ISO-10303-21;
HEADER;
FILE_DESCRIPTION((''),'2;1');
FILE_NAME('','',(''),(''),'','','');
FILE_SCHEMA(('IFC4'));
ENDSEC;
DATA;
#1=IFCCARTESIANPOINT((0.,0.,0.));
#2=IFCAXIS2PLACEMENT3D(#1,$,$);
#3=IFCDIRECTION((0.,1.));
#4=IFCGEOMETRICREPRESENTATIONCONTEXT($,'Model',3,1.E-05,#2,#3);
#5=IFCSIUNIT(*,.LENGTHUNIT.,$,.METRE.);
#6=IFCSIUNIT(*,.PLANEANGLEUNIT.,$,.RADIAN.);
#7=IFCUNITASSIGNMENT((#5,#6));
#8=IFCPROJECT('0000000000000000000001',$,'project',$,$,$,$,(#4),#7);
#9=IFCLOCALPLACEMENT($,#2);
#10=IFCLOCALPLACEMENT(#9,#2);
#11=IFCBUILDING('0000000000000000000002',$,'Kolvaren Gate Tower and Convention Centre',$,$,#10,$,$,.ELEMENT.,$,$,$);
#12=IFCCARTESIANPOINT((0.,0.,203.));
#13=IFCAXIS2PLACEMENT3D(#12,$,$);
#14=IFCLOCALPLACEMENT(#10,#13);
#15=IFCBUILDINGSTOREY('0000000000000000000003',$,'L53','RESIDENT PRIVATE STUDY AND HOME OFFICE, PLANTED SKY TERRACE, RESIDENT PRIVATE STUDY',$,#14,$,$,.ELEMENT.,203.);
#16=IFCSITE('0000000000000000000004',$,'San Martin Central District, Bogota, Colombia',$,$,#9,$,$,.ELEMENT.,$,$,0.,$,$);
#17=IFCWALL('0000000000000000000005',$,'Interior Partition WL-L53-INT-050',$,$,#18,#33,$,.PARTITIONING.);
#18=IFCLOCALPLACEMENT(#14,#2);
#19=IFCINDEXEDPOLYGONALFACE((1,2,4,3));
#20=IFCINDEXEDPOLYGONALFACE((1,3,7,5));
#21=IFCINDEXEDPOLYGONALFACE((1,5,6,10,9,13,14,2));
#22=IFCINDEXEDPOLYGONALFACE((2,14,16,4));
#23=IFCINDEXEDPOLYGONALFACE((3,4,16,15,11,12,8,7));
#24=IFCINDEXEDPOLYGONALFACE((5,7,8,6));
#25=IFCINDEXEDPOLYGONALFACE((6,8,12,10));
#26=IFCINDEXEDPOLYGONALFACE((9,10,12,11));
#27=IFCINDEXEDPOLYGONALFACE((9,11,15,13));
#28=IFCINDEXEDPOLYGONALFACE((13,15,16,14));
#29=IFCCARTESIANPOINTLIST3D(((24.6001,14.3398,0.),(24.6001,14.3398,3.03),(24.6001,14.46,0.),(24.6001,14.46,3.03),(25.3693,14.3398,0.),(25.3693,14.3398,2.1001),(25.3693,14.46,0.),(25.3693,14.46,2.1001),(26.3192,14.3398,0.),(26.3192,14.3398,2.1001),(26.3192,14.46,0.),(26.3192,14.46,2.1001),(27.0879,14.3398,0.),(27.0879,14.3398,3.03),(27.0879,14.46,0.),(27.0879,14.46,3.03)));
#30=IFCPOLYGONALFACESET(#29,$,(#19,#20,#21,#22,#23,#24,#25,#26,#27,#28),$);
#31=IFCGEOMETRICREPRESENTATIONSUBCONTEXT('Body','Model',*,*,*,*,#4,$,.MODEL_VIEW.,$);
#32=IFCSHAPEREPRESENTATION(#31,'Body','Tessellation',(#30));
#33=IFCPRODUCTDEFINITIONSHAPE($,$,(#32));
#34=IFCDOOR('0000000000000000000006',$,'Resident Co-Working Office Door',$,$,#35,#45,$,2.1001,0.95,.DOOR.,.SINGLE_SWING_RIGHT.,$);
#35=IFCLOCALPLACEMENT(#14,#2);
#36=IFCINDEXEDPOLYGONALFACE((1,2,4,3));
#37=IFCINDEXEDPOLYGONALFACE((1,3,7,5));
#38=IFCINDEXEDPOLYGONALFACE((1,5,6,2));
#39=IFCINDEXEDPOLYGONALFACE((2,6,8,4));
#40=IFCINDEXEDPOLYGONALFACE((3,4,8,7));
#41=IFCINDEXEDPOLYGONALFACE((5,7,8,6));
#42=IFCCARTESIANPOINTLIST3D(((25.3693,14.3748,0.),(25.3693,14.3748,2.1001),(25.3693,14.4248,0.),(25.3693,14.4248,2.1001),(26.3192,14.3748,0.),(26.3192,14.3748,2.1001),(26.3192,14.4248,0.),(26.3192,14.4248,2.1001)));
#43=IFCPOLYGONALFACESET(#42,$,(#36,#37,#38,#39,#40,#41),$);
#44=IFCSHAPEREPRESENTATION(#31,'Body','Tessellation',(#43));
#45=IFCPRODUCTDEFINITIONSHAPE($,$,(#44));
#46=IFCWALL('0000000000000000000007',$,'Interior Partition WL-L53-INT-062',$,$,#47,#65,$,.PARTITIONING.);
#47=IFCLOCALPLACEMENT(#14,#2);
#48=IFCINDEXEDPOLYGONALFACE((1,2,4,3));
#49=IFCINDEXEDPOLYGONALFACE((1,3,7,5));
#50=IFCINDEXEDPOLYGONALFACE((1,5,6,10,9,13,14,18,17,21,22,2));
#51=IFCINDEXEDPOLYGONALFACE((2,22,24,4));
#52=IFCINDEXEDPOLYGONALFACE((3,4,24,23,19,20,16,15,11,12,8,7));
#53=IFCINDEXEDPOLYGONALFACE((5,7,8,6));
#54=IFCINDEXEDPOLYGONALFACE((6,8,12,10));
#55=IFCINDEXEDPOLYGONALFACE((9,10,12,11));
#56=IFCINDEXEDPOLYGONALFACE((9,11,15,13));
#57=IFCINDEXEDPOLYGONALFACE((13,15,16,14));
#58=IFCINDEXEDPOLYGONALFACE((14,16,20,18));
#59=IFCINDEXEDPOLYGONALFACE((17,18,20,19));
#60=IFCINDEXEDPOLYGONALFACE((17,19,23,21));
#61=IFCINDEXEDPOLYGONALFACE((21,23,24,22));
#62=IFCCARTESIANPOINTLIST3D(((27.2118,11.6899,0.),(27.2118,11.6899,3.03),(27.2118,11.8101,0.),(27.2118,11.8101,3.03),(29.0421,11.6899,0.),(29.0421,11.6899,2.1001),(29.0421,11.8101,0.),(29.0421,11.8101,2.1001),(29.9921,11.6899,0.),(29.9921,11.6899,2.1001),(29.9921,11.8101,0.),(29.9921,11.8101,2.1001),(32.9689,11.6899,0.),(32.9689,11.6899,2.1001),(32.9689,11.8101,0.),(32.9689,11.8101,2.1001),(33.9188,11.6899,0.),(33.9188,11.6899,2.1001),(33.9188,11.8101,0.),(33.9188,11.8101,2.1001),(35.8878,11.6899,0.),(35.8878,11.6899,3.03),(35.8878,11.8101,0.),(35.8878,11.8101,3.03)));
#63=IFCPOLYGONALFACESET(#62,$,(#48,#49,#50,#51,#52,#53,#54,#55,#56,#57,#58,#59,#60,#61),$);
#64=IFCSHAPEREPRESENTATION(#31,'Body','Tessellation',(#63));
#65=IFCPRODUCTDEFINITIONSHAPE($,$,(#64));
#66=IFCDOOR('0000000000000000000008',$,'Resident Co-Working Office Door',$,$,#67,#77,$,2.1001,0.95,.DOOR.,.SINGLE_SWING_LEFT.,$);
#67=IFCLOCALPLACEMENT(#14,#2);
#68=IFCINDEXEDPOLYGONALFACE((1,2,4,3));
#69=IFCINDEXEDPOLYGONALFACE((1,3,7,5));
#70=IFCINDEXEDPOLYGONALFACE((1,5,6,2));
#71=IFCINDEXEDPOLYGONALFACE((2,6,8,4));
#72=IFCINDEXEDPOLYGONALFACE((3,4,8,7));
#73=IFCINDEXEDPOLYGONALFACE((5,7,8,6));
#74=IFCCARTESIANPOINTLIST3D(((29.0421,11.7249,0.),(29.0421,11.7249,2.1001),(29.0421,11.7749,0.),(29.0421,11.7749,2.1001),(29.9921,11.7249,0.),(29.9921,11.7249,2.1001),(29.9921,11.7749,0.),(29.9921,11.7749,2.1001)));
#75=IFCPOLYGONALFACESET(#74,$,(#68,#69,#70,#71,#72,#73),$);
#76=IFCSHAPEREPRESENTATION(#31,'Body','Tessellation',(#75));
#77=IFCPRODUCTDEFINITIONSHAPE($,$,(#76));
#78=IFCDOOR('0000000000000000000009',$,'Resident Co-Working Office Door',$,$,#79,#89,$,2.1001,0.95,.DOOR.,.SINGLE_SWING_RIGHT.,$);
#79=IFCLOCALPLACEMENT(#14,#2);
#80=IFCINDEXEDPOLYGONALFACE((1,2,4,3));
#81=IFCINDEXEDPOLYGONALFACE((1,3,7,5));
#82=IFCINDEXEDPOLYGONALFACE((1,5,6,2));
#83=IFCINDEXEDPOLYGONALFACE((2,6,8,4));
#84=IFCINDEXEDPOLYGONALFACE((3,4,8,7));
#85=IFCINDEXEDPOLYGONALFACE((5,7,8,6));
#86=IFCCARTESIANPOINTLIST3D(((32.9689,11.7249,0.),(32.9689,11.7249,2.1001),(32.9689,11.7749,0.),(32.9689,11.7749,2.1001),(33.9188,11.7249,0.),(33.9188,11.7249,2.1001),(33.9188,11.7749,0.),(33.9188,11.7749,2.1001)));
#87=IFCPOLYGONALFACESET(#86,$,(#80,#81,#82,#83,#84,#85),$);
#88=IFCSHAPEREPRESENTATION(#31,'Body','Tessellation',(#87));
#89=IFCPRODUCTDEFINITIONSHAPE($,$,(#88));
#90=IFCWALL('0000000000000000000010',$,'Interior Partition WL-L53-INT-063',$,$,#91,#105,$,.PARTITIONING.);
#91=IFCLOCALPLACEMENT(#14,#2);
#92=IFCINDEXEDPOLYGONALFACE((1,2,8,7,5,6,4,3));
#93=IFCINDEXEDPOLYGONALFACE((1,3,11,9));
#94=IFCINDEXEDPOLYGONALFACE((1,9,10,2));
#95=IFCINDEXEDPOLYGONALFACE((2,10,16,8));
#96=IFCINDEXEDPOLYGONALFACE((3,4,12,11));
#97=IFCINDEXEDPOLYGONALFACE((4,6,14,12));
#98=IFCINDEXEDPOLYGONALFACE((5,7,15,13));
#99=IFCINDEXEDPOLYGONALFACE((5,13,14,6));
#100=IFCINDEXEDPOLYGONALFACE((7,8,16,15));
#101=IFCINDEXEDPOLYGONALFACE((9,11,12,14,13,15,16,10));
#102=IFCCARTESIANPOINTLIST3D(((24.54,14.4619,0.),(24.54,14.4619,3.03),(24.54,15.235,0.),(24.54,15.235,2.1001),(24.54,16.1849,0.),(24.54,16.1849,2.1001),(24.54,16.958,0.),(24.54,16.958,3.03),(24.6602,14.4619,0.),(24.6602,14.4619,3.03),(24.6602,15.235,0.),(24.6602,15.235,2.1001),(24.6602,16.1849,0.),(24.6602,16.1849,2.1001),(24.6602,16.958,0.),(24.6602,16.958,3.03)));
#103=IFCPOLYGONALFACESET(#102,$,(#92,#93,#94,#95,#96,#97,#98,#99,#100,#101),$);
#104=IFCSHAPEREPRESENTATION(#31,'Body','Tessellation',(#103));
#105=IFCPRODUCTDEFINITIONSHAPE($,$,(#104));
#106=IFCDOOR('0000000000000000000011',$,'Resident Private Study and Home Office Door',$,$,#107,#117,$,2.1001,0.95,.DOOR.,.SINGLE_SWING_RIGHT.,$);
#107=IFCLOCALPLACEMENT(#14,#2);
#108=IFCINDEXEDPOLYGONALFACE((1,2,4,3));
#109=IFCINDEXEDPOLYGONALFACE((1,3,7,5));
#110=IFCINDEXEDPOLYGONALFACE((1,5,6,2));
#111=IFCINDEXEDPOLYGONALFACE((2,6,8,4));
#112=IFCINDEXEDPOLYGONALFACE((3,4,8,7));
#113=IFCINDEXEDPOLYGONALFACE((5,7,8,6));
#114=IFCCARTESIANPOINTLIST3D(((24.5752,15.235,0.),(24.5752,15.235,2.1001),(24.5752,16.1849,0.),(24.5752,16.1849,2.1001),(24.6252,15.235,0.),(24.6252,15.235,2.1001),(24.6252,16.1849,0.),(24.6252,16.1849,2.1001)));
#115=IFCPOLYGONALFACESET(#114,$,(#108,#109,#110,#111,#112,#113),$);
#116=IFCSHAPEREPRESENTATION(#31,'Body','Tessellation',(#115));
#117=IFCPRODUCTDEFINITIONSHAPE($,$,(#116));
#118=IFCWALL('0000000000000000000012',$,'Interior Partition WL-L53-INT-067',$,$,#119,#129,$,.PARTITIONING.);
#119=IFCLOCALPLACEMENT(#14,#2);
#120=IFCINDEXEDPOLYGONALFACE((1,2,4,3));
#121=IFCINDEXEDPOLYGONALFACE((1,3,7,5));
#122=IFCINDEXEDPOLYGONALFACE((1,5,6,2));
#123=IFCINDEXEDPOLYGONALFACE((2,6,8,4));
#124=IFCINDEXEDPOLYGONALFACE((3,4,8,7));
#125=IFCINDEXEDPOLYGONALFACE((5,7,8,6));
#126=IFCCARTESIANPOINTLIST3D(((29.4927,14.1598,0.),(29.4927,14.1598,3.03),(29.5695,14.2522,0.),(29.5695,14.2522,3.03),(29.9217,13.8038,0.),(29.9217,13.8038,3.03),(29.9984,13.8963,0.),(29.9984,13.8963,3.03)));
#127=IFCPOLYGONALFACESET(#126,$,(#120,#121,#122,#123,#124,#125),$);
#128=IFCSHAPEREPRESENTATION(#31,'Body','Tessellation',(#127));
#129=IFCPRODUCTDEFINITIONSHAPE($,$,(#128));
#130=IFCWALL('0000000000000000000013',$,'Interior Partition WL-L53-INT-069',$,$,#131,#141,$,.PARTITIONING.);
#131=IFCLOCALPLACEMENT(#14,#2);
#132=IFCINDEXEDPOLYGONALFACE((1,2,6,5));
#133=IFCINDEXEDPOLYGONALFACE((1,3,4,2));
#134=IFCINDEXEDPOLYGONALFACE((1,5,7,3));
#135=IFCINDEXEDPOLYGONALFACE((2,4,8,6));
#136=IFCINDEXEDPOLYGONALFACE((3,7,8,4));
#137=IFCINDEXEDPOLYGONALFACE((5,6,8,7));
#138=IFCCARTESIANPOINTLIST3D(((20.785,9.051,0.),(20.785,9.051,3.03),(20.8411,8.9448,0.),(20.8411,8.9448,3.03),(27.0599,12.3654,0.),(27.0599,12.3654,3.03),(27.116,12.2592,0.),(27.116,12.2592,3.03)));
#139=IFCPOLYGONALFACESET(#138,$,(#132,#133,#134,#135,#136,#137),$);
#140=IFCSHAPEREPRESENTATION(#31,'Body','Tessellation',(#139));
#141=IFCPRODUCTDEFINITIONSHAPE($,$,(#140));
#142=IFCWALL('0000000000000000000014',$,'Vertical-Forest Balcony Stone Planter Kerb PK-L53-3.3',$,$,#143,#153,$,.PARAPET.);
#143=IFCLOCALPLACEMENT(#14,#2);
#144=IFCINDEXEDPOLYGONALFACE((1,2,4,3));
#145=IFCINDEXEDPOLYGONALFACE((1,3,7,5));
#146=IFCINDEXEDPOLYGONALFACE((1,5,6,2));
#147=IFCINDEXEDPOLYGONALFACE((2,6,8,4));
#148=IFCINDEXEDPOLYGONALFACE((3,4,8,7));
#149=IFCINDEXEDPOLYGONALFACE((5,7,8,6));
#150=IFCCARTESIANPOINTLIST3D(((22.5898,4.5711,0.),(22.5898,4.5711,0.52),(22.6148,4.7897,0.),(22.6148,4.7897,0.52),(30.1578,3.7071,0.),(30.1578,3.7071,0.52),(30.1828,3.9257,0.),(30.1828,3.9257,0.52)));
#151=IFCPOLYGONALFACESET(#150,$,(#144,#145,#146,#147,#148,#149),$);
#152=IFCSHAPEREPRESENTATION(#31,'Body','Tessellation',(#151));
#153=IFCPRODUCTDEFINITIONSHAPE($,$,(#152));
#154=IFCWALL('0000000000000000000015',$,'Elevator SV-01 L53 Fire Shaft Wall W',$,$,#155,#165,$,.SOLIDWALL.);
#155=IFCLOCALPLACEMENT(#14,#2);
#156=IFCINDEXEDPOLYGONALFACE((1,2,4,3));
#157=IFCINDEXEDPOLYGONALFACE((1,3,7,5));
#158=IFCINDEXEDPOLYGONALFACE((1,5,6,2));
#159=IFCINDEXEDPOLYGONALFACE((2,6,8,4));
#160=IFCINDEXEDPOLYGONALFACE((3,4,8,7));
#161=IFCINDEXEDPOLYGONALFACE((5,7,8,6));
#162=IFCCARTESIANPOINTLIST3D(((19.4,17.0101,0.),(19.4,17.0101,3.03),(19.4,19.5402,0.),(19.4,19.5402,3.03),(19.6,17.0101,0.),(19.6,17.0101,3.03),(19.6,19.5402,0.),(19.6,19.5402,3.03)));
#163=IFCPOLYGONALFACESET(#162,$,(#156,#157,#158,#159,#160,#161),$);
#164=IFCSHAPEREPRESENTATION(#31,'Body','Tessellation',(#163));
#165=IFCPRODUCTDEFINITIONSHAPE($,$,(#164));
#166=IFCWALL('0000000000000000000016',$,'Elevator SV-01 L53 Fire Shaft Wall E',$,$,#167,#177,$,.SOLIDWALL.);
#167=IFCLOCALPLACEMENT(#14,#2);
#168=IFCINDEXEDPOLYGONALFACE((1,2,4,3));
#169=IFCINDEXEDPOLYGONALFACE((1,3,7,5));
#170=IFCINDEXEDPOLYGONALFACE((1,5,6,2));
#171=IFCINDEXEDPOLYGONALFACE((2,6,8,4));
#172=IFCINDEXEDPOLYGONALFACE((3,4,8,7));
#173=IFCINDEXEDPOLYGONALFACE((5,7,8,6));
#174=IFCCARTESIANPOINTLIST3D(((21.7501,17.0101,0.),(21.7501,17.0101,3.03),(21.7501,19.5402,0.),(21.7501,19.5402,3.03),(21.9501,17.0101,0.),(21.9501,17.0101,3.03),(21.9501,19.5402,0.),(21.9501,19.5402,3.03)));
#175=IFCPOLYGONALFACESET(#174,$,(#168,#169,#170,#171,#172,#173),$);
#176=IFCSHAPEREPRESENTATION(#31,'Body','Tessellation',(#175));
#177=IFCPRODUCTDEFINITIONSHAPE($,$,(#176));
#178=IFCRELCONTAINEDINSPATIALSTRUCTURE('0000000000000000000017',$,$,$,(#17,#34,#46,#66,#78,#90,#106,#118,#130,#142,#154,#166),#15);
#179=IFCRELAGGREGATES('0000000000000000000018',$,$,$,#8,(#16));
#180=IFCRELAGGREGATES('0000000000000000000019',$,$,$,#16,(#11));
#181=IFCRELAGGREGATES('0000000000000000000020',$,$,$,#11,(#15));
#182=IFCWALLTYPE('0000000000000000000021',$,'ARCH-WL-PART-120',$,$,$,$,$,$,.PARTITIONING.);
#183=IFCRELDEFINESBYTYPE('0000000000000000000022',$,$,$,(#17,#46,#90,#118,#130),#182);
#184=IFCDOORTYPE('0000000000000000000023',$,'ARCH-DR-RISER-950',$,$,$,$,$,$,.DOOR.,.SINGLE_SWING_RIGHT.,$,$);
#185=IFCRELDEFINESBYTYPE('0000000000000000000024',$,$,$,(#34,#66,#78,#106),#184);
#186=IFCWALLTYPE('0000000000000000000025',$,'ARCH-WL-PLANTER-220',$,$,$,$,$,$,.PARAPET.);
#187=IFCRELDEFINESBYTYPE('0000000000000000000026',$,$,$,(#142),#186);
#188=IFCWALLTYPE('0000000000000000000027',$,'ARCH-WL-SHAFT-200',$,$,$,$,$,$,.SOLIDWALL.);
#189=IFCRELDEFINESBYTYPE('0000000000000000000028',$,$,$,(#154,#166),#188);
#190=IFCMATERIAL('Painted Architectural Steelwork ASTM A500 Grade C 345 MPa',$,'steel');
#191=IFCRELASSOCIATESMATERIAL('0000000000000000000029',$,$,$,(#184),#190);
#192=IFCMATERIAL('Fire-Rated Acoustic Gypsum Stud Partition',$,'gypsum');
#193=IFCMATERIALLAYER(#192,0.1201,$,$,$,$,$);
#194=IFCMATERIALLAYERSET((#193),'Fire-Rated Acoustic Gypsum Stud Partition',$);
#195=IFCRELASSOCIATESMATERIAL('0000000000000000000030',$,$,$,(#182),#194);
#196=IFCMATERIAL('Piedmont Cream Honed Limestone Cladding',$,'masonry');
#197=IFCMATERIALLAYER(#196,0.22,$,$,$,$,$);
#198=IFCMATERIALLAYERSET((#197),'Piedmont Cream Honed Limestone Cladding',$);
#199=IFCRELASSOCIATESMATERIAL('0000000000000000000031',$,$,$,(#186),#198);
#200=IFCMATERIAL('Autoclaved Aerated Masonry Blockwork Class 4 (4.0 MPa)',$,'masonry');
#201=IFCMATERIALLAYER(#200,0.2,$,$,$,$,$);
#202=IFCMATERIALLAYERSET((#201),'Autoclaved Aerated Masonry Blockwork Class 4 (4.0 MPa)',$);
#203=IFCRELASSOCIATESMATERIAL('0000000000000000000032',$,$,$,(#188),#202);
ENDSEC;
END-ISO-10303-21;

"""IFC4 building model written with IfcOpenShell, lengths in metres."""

from ifc_helpers import new_model, si_unit, direction, frame, frame_2d, origin, place, context, subcontext, project, spatial, rectangle, extrude, material, layer, layer_set, type_object, element, fill, save


model = new_model("IFC4")

# Units and contexts
model_context = context("Model", 3, precision=1e-05, world=origin(), true_north=direction((0.0, 1.0)))
body_context = subcontext(model_context, "Body", "Model", "MODEL_VIEW")
ifc_project = project(units=[si_unit("LENGTHUNIT", "METRE"), si_unit("PLANEANGLEUNIT", "RADIAN")], contexts=[model_context])

# Site, building, storey
site_placement = place(None, origin())
site = spatial("IfcSite", under=ifc_project, at=site_placement, Name="San Martin Central District, Bogota, Colombia", CompositionType="ELEMENT", RefElevation=0.0)
building_placement = place(site_placement, origin())
building = spatial("IfcBuilding", under=site, at=building_placement, Name="Kolvaren Gate Tower and Convention Centre", CompositionType="ELEMENT")
storey_placement = place(building_placement, frame((0.0, 0.0, 203.0)))
storey = spatial("IfcBuildingStorey", under=building, at=storey_placement, Name="L53", Description="RESIDENT PRIVATE STUDY AND HOME OFFICE, PLANTED SKY TERRACE, RESIDENT PRIVATE STUDY", CompositionType="ELEMENT", Elevation=203.0)

# Shared definitions
ifc_material_1 = material(Name="Autoclaved Aerated Masonry Blockwork Class 4 (4.0 MPa)", Category="masonry")

# Shared definitions
ifc_material_2 = material(Name="Painted Architectural Steelwork ASTM A500 Grade C 345 MPa", Category="steel")
door_type = type_object("IfcDoorType", Name="ARCH-DR-RISER-950", OperationType="SINGLE_SWING_RIGHT", PredefinedType="DOOR", material=ifc_material_2)

# Shared definitions
ifc_material_3 = material(Name="Fire-Rated Acoustic Gypsum Stud Partition", Category="gypsum")
ifc_layer_1 = layer(ifc_material_3, 0.1201)
ifc_layer_set_1 = layer_set([ifc_layer_1], Name="Fire-Rated Acoustic Gypsum Stud Partition")
wall_type_1 = type_object("IfcWallType", Name="ARCH-WL-PART-120", PredefinedType="PARTITIONING", material=ifc_layer_set_1)

# Wall, opening, door
wall_1_placement = place(storey_placement, frame((24.6001, 14.3999, 0.0), z_axis=(0.0, 0.0, 1.0), x_axis=(1.0, 0.0, 0.0)))
wall_1 = element("IfcWall", 1, at=wall_1_placement, inside=storey, type_object=wall_type_1, Name="Interior Partition WL-L53-INT-050", PredefinedType="PARTITIONING", context=body_context, shape_type="SweptSolid", body=[
    extrude(rectangle(XDim=2.4878, YDim=0.1201, at=frame_2d((1.2439, 0.0))), origin(), (0.0, 0.0, 1.0), 3.03),
])
opening_1_placement = place(wall_1_placement, frame((0.769, 0.0, 0.0)))
opening_1 = element("IfcOpeningElement", 2, at=opening_1_placement, cuts=wall_1, PredefinedType="OPENING", context=body_context, shape_type="SweptSolid", body=[
    extrude(rectangle(XDim=0.95, YDim=2.1001, at=frame_2d((0.4751, 1.05))), frame((0.0, 0.0701, 0.0), z_axis=(0.0, -1.0, 0.0), x_axis=(1.0, 0.0, 0.0)), (0.0, 0.0, 1.0), 0.1401),
])
door_1_placement = place(opening_1_placement, origin())
door_1 = element("IfcDoor", 3, at=door_1_placement, inside=storey, type_object=door_type, Name="Resident Co-Working Office Door", OperationType="SINGLE_SWING_RIGHT", OverallHeight=2.1001, OverallWidth=0.95, PredefinedType="DOOR", context=body_context, shape_type="SweptSolid", body=[
    extrude(rectangle(XDim=0.95, YDim=2.1001, at=frame_2d((0.4751, 1.05))), frame((0.0, 0.0249, 0.0), z_axis=(0.0, -1.0, 0.0), x_axis=(1.0, 0.0, 0.0)), (0.0, 0.0, 1.0), 0.05),
])
fill(opening_1, door_1)

# Wall, openings, doors
wall_2_placement = place(storey_placement, frame((27.2119, 11.75, 0.0), z_axis=(0.0, 0.0, 1.0), x_axis=(1.0, 0.0, 0.0)))
wall_2 = element("IfcWall", 4, at=wall_2_placement, inside=storey, type_object=wall_type_1, Name="Interior Partition WL-L53-INT-062", PredefinedType="PARTITIONING", context=body_context, shape_type="SweptSolid", body=[
    extrude(rectangle(XDim=8.676, YDim=0.1201, at=frame_2d((4.3379, 0.0))), origin(), (0.0, 0.0, 1.0), 3.03),
])
opening_2_placement = place(wall_2_placement, frame((1.8301, 0.0, 0.0)))
opening_2 = element("IfcOpeningElement", 5, at=opening_2_placement, cuts=wall_2, PredefinedType="OPENING", context=body_context, shape_type="SweptSolid", body=[
    extrude(rectangle(XDim=0.95, YDim=2.1001, at=frame_2d((0.4751, 1.05))), frame((0.0, 0.0701, 0.0), z_axis=(0.0, -1.0, 0.0), x_axis=(1.0, 0.0, 0.0)), (0.0, 0.0, 1.0), 0.1401),
])
opening_3_placement = place(wall_2_placement, frame((5.7568, 0.0, 0.0)))
opening_3 = element("IfcOpeningElement", 6, at=opening_3_placement, cuts=wall_2, PredefinedType="OPENING", context=body_context, shape_type="SweptSolid", body=[
    extrude(rectangle(XDim=0.95, YDim=2.1001, at=frame_2d((0.4751, 1.05))), frame((0.0, 0.0701, 0.0), z_axis=(0.0, -1.0, 0.0), x_axis=(1.0, 0.0, 0.0)), (0.0, 0.0, 1.0), 0.1401),
])
door_2_placement = place(opening_2_placement, origin())
door_2 = element("IfcDoor", 7, at=door_2_placement, inside=storey, type_object=door_type, Name="Resident Co-Working Office Door", OperationType="SINGLE_SWING_LEFT", OverallHeight=2.1001, OverallWidth=0.95, PredefinedType="DOOR", context=body_context, shape_type="SweptSolid", body=[
    extrude(rectangle(XDim=0.95, YDim=2.1001, at=frame_2d((0.4751, 1.05))), frame((0.0, 0.0249, 0.0), z_axis=(0.0, -1.0, 0.0), x_axis=(1.0, 0.0, 0.0)), (0.0, 0.0, 1.0), 0.05),
])
fill(opening_2, door_2)
door_3_placement = place(opening_3_placement, origin())
door_3 = element("IfcDoor", 8, at=door_3_placement, inside=storey, type_object=door_type, Name="Resident Co-Working Office Door", OperationType="SINGLE_SWING_RIGHT", OverallHeight=2.1001, OverallWidth=0.95, PredefinedType="DOOR", context=body_context, shape_type="SweptSolid", body=[
    extrude(rectangle(XDim=0.95, YDim=2.1001, at=frame_2d((0.4751, 1.05))), frame((0.0, 0.0249, 0.0), z_axis=(0.0, -1.0, 0.0), x_axis=(1.0, 0.0, 0.0)), (0.0, 0.0, 1.0), 0.05),
])
fill(opening_3, door_3)

# Wall, opening, door
wall_3_placement = place(storey_placement, frame((24.6001, 14.4619, 0.0), z_axis=(0.0, 0.0, 1.0), x_axis=(0.0, 1.0, 0.0)))
wall_3 = element("IfcWall", 9, at=wall_3_placement, inside=storey, type_object=wall_type_1, Name="Interior Partition WL-L53-INT-063", PredefinedType="PARTITIONING", context=body_context, shape_type="SweptSolid", body=[
    extrude(rectangle(XDim=2.4961, YDim=0.1201, at=frame_2d((1.248, 0.0))), origin(), (0.0, 0.0, 1.0), 3.03),
])
opening_4_placement = place(wall_3_placement, frame((0.7729, 0.0, 0.0)))
opening_4 = element("IfcOpeningElement", 10, at=opening_4_placement, cuts=wall_3, PredefinedType="OPENING", context=body_context, shape_type="SweptSolid", body=[
    extrude(rectangle(XDim=0.95, YDim=2.1001, at=frame_2d((0.4751, 1.05))), frame((0.0, 0.0701, 0.0), z_axis=(0.0, -1.0, 0.0), x_axis=(1.0, 0.0, 0.0)), (0.0, 0.0, 1.0), 0.1401),
])
door_4_placement = place(opening_4_placement, origin())
door_4 = element("IfcDoor", 11, at=door_4_placement, inside=storey, type_object=door_type, Name="Resident Private Study and Home Office Door", OperationType="SINGLE_SWING_RIGHT", OverallHeight=2.1001, OverallWidth=0.95, PredefinedType="DOOR", context=body_context, shape_type="SweptSolid", body=[
    extrude(rectangle(XDim=0.95, YDim=2.1001, at=frame_2d((0.4751, 1.05))), frame((0.0, 0.0249, 0.0), z_axis=(0.0, -1.0, 0.0), x_axis=(1.0, 0.0, 0.0)), (0.0, 0.0, 1.0), 0.05),
])
fill(opening_4, door_4)

# Walls
wall_4_placement = place(storey_placement, frame((29.531, 14.2061, 0.0), z_axis=(0.0, 0.0, 1.0), x_axis=(0.769548, -0.638589, 0.0)))
element("IfcWall", 12, at=wall_4_placement, inside=storey, type_object=wall_type_1, Name="Interior Partition WL-L53-INT-067", PredefinedType="PARTITIONING", context=body_context, shape_type="SweptSolid", body=[
    extrude(rectangle(XDim=0.5574, YDim=0.1201, at=frame_2d((0.2788, 0.0))), origin(), (0.0, 0.0, 1.0), 3.03),
])
wall_5_placement = place(storey_placement, frame((20.813, 8.9978, 0.0), z_axis=(0.0, 0.0, 1.0), x_axis=(0.884228, 0.467056, 0.0)))
element("IfcWall", 13, at=wall_5_placement, inside=storey, type_object=wall_type_1, Name="Interior Partition WL-L53-INT-069", PredefinedType="PARTITIONING", context=body_context, shape_type="SweptSolid", body=[
    extrude(rectangle(XDim=7.0964, YDim=0.1201, at=frame_2d((3.5483, 0.0))), origin(), (0.0, 0.0, 1.0), 3.03),
])
ifc_material_4 = material(Name="Piedmont Cream Honed Limestone Cladding", Category="masonry")
ifc_layer_2 = layer(ifc_material_4, 0.22)
ifc_layer_set_2 = layer_set([ifc_layer_2], Name="Piedmont Cream Honed Limestone Cladding")
wall_type_2 = type_object("IfcWallType", Name="ARCH-WL-PLANTER-220", PredefinedType="PARAPET", material=ifc_layer_set_2)
wall_6_placement = place(storey_placement, frame((22.6023, 4.6804, 0.0), z_axis=(0.0, 0.0, 1.0), x_axis=(0.993546, -0.113428, 0.0)))
element("IfcWall", 14, at=wall_6_placement, inside=storey, type_object=wall_type_2, Name="Vertical-Forest Balcony Stone Planter Kerb PK-L53-3.3", PredefinedType="PARAPET", context=body_context, shape_type="SweptSolid", body=[
    extrude(rectangle(XDim=7.6172, YDim=0.22, at=frame_2d((3.8086, 0.0))), origin(), (0.0, 0.0, 1.0), 0.52),
])
ifc_layer_3 = layer(ifc_material_1, 0.2)
ifc_layer_set_3 = layer_set([ifc_layer_3], Name="Autoclaved Aerated Masonry Blockwork Class 4 (4.0 MPa)")
wall_type_3 = type_object("IfcWallType", Name="ARCH-WL-SHAFT-200", PredefinedType="SOLIDWALL", material=ifc_layer_set_3)
for number, where, z_axis, x_axis, name in (
    (15, (19.5, 17.01, 0.0), (0.0, 0.0, 1.0), (0.0, 1.0, 0.0), "Elevator SV-01 L53 Fire Shaft Wall W"),
    (16, (21.8501, 17.01, 0.0), (0.0, 0.0, 1.0), (0.0, 1.0, 0.0), "Elevator SV-01 L53 Fire Shaft Wall E"),
):
    element("IfcWall", number, at=place(storey_placement, frame(where, z_axis=z_axis, x_axis=x_axis)), inside=storey, type_object=wall_type_3, Name=name, PredefinedType="SOLIDWALL", context=body_context, shape_type="SweptSolid", body=[
        extrude(rectangle(XDim=2.53, YDim=0.2, at=frame_2d((1.2651, 0.0))), origin(), (0.0, 0.0, 1.0), 3.03),
    ])

save(model, "model.ifc")
